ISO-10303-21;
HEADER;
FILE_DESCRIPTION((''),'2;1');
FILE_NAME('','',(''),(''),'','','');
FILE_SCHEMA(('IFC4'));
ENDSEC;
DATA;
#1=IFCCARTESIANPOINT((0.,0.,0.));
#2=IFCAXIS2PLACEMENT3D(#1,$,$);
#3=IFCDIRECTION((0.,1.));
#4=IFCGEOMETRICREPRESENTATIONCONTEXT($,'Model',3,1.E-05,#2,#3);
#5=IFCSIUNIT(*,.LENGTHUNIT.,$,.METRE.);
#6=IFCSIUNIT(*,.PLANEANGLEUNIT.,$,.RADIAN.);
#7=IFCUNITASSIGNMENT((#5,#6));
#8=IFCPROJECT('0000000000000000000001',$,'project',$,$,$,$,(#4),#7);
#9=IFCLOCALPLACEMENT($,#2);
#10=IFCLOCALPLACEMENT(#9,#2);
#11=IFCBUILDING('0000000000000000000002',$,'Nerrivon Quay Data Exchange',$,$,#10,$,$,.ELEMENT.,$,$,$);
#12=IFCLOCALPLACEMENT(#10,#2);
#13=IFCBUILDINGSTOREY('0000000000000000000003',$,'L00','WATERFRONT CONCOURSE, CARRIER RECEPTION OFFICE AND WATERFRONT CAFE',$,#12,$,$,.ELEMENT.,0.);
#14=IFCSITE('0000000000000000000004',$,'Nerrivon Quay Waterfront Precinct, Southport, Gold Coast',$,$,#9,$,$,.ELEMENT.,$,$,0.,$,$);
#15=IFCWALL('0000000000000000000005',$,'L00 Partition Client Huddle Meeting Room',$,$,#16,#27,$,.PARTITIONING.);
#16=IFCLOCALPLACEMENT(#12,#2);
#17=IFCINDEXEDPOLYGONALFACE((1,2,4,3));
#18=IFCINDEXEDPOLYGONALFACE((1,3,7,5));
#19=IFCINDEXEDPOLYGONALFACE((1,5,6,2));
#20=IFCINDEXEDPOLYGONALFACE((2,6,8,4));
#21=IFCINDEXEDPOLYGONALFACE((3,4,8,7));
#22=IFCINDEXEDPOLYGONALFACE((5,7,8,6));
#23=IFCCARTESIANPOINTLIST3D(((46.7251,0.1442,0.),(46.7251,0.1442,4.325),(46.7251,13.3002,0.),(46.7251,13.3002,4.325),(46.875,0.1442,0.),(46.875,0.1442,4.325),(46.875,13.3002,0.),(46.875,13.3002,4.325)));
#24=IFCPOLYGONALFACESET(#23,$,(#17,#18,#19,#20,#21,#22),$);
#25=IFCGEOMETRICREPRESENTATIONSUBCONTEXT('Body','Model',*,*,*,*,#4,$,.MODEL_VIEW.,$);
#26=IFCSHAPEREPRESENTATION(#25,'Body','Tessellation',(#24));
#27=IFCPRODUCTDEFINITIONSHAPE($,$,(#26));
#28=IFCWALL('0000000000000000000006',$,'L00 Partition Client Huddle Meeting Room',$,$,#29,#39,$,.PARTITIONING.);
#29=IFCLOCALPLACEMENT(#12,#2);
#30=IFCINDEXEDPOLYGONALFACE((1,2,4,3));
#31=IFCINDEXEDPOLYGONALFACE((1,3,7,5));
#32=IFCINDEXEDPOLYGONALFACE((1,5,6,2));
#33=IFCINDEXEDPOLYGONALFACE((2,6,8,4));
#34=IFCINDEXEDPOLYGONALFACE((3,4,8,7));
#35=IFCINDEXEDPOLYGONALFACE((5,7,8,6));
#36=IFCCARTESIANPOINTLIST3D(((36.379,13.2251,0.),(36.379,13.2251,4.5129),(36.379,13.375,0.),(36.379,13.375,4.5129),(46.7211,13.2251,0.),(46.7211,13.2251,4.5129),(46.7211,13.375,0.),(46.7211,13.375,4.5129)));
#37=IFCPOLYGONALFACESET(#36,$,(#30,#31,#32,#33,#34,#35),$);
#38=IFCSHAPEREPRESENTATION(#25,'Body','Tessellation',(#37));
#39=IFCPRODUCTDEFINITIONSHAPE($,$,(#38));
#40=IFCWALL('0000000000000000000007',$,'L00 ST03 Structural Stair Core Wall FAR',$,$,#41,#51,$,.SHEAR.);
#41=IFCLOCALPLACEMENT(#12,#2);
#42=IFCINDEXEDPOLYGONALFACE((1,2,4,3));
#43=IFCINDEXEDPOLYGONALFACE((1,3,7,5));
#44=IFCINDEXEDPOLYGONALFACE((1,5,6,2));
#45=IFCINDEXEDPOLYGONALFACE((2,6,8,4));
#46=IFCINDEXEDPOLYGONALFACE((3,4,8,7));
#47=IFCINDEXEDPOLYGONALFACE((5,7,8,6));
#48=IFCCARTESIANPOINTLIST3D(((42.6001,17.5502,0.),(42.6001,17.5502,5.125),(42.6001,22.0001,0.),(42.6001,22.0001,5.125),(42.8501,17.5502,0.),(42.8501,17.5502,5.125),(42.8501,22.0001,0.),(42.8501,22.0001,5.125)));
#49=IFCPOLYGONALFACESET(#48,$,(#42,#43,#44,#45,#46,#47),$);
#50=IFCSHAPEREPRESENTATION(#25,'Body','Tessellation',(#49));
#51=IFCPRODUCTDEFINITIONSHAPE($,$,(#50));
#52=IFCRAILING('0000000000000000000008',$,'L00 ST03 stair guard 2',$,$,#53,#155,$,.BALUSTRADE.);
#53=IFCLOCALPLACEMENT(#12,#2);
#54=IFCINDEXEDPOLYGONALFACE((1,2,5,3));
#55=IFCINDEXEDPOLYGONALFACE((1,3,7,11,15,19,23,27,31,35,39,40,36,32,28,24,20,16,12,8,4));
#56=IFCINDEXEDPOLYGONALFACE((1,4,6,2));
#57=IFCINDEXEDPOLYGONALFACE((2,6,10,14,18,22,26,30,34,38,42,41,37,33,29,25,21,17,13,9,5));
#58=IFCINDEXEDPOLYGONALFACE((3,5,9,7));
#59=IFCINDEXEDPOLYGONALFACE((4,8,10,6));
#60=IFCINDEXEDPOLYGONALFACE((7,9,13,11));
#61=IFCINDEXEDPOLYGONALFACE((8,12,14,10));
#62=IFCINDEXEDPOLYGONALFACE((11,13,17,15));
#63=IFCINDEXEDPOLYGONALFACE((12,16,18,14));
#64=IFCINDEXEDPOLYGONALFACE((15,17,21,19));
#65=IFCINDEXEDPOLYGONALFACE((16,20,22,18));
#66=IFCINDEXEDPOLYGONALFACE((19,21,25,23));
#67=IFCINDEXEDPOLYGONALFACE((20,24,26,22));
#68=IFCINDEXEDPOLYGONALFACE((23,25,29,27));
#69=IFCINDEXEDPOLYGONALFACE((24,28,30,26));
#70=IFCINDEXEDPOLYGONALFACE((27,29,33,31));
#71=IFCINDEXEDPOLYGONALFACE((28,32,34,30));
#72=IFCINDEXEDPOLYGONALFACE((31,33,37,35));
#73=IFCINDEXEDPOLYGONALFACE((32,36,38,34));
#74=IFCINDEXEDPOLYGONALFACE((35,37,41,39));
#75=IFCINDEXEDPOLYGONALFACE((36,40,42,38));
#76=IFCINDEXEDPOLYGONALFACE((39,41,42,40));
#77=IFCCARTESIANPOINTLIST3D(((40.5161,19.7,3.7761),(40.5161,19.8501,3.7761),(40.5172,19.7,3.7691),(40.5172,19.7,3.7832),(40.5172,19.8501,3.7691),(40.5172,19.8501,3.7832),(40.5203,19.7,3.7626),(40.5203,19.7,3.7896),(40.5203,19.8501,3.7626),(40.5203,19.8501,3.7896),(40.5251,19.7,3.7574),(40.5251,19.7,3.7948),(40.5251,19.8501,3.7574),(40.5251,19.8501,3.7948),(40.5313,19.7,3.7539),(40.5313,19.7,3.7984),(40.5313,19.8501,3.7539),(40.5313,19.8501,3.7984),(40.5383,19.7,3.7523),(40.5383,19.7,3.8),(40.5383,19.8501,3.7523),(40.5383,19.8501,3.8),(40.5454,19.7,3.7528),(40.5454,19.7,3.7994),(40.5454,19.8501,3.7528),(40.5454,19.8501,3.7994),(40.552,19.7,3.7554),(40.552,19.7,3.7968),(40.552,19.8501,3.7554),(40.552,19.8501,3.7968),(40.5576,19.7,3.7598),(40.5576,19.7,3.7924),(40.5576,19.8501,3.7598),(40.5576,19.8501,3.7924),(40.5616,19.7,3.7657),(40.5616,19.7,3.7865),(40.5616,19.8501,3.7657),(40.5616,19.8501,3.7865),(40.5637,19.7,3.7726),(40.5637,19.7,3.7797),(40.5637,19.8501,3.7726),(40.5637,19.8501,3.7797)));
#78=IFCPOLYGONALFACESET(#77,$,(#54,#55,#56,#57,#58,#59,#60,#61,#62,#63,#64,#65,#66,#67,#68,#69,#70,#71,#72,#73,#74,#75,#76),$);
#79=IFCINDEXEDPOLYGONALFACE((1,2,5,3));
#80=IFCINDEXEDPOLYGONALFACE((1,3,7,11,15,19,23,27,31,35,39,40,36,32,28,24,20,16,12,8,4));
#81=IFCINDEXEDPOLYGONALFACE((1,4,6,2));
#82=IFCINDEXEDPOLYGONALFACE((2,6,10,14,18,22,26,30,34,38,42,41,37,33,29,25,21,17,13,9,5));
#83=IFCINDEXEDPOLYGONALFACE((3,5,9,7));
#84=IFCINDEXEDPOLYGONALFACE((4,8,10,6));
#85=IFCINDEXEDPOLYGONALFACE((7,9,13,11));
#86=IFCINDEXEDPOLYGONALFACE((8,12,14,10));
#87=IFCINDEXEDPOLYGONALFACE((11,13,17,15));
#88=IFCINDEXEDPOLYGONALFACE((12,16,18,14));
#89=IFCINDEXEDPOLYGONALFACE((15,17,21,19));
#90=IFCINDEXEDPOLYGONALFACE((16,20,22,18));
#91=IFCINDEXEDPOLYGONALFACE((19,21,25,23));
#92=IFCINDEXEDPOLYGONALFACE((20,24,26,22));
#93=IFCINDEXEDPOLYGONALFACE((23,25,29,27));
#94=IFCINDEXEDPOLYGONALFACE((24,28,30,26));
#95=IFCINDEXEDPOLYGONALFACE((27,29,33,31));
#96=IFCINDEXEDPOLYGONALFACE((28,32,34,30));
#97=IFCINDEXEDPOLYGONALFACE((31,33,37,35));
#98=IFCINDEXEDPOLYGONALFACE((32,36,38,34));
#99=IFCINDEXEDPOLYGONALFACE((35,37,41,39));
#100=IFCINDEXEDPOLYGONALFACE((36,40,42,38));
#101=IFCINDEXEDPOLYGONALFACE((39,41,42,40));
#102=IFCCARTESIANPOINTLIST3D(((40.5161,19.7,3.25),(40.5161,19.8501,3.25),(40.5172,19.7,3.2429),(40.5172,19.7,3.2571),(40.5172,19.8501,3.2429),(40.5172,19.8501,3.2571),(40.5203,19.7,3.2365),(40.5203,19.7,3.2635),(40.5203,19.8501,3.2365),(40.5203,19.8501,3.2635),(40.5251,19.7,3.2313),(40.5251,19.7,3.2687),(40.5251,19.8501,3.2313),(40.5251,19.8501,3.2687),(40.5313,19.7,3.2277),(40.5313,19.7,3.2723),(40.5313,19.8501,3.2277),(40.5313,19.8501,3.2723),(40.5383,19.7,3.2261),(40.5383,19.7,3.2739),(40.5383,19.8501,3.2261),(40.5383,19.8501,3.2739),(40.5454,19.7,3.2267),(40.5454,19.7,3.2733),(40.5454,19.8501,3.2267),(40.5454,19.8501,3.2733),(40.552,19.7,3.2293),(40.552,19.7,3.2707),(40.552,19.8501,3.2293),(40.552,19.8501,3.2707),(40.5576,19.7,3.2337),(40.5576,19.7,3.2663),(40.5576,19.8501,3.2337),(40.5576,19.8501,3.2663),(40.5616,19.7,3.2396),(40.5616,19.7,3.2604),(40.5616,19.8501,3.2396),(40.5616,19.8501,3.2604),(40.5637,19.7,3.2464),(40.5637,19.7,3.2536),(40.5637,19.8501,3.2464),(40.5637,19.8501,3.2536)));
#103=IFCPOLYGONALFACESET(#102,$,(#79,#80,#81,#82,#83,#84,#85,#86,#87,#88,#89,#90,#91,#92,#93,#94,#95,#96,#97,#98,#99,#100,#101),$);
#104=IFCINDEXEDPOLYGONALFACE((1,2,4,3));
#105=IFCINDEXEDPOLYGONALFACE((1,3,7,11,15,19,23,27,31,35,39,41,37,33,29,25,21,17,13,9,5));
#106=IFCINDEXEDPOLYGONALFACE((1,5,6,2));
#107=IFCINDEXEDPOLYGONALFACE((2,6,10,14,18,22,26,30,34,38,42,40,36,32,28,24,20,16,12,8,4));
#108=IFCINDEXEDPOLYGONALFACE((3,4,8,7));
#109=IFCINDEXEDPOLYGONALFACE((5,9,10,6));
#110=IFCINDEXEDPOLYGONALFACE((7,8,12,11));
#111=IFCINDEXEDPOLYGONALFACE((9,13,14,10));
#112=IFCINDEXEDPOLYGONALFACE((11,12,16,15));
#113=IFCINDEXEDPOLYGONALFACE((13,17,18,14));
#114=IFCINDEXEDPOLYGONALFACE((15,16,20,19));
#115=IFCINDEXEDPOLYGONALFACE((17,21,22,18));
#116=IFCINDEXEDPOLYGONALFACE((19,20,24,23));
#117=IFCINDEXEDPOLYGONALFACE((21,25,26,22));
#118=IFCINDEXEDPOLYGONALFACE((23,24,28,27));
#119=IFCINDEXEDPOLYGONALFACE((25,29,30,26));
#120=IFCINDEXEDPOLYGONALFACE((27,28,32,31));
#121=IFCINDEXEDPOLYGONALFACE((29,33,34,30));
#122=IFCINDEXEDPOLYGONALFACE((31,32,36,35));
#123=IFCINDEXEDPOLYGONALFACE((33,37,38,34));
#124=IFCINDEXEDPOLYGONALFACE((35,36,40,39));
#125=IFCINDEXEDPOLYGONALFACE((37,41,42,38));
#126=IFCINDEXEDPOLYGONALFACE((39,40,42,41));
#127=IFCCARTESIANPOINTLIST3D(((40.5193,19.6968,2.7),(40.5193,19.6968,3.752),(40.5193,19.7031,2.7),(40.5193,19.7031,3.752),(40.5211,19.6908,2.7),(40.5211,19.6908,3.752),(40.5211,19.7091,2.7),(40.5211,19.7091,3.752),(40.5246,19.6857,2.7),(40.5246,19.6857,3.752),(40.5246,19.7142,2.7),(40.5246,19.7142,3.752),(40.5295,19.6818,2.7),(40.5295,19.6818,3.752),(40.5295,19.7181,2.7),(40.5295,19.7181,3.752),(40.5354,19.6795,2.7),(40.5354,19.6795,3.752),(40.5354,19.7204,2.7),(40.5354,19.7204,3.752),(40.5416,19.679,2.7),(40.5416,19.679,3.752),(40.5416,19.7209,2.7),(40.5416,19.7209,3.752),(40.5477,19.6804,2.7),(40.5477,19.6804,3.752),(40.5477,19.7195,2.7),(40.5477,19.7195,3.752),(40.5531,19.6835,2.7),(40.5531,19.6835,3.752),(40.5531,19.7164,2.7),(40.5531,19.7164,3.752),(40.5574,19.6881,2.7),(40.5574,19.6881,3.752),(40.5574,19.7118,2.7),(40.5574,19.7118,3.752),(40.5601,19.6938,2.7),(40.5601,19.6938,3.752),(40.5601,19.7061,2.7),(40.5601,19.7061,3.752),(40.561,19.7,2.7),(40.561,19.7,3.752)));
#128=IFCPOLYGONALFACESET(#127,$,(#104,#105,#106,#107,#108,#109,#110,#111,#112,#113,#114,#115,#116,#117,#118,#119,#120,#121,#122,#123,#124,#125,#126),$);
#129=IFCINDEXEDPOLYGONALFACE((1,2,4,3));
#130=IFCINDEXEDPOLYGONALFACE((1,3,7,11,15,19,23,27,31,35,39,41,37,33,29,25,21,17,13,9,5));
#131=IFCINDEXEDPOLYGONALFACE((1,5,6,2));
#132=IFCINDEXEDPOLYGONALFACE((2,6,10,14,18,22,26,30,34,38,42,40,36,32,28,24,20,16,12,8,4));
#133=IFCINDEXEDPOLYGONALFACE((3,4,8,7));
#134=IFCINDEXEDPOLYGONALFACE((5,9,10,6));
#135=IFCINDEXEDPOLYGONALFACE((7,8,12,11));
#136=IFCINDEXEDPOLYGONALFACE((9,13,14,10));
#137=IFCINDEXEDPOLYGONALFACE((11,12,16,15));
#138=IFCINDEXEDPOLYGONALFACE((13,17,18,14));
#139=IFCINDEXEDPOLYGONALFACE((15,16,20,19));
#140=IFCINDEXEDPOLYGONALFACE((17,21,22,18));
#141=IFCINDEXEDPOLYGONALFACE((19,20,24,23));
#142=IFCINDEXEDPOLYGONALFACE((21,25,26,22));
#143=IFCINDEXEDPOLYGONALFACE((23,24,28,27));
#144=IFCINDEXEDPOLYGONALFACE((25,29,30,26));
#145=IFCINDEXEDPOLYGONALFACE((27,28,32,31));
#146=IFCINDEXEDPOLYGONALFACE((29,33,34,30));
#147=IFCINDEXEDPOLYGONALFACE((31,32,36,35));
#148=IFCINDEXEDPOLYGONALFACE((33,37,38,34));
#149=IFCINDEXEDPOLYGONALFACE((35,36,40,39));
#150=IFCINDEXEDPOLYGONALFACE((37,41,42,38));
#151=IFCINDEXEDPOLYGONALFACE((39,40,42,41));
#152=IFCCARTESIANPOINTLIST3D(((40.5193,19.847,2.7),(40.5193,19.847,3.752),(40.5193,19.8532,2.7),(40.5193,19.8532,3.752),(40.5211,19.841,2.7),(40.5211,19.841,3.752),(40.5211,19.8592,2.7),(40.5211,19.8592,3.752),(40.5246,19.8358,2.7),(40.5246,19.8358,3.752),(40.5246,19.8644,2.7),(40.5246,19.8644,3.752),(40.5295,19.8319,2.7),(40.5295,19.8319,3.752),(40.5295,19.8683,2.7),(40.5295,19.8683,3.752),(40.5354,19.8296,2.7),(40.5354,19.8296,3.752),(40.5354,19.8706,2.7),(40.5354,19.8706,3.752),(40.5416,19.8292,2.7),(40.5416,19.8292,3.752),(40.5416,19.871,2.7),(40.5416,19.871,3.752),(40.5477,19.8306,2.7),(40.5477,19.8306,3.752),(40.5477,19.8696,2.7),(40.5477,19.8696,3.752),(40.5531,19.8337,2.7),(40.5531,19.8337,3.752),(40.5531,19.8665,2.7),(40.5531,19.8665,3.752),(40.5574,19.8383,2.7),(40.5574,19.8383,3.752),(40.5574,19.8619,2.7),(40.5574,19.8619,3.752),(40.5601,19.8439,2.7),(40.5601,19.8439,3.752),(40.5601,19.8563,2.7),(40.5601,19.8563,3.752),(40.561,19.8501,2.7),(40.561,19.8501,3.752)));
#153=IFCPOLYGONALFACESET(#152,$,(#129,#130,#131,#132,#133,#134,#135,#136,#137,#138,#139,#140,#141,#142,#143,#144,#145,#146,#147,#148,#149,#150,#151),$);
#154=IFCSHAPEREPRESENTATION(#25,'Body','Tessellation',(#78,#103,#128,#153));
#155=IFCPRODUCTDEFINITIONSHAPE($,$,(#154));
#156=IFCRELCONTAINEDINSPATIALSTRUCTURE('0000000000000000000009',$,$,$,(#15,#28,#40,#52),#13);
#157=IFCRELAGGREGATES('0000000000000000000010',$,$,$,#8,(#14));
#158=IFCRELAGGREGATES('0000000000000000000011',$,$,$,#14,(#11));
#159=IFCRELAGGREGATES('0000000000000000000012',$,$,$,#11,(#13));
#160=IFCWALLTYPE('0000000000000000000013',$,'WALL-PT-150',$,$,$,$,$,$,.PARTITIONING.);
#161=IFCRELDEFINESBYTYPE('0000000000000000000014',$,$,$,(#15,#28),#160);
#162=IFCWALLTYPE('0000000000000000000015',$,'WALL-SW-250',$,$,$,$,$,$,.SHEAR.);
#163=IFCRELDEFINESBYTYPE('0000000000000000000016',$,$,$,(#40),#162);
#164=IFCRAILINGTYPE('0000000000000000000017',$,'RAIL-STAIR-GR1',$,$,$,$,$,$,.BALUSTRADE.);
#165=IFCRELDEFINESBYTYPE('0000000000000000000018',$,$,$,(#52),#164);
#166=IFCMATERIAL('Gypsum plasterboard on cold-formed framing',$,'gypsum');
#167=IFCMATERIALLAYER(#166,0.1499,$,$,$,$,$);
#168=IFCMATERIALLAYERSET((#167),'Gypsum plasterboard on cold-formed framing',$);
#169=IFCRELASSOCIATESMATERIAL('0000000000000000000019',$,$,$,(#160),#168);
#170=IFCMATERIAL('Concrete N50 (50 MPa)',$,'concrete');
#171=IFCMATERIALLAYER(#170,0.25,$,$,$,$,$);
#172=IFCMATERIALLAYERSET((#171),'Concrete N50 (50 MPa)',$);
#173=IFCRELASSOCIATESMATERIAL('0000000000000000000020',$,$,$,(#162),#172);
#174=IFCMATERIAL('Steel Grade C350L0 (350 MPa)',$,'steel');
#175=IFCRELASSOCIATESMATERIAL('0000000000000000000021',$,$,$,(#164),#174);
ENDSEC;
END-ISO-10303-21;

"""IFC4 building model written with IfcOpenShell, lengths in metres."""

from ifc_helpers import new_model, si_unit, direction, frame, frame_2d, origin, origin_2d, place, context, subcontext, project, spatial, rectangle, circle, extrude, material, layer, layer_set, type_object, element, save


model = new_model("IFC4")

# Units and contexts
model_context = context("Model", 3, precision=1e-05, world=origin(), true_north=direction((0.0, 1.0)))
body_context = subcontext(model_context, "Body", "Model", "MODEL_VIEW")
ifc_project = project(units=[si_unit("LENGTHUNIT", "METRE"), si_unit("PLANEANGLEUNIT", "RADIAN")], contexts=[model_context])

# Site, building, storey
site_placement = place(None, origin())
site = spatial("IfcSite", under=ifc_project, at=site_placement, Name="Nerrivon Quay Waterfront Precinct, Southport, Gold Coast", CompositionType="ELEMENT", RefElevation=0.0)
building_placement = place(site_placement, origin())
building = spatial("IfcBuilding", under=site, at=building_placement, Name="Nerrivon Quay Data Exchange", CompositionType="ELEMENT")
storey_placement = place(building_placement, origin())
storey = spatial("IfcBuildingStorey", under=building, at=storey_placement, Name="L00", Description="WATERFRONT CONCOURSE, CARRIER RECEPTION OFFICE AND WATERFRONT CAFE", CompositionType="ELEMENT", Elevation=0.0)

# Shared definitions
ifc_material_1 = material(Name="Gypsum plasterboard on cold-formed framing", Category="gypsum")

# Walls
ifc_layer_1 = layer(ifc_material_1, 0.1499)
ifc_layer_set_1 = layer_set([ifc_layer_1], Name="Gypsum plasterboard on cold-formed framing")
wall_type_1 = type_object("IfcWallType", Name="WALL-PT-150", PredefinedType="PARTITIONING", material=ifc_layer_set_1)
wall_1_placement = place(storey_placement, frame((46.8, 0.144, 0.0), z_axis=(0.0, 0.0, 1.0), x_axis=(0.0, 1.0, 0.0)))
element("IfcWall", 1, at=wall_1_placement, inside=storey, type_object=wall_type_1, Name="L00 Partition Client Huddle Meeting Room", PredefinedType="PARTITIONING", context=body_context, shape_type="SweptSolid", body=[
    extrude(rectangle(XDim=13.156, YDim=0.1499, at=frame_2d((6.5781, 0.0))), origin(), (0.0, 0.0, 1.0), 4.325),
])
wall_2_placement = place(storey_placement, frame((46.7209, 13.3, 0.0), z_axis=(0.0, 0.0, 1.0), x_axis=(-1.0, 0.0, 0.0)))
element("IfcWall", 2, at=wall_2_placement, inside=storey, type_object=wall_type_1, Name="L00 Partition Client Huddle Meeting Room", PredefinedType="PARTITIONING", context=body_context, shape_type="SweptSolid", body=[
    extrude(rectangle(XDim=10.342, YDim=0.1499, at=frame_2d((5.1709, 0.0))), origin(), (0.0, 0.0, 1.0), 4.5129),
])
ifc_material_2 = material(Name="Concrete N50 (50 MPa)", Category="concrete")
ifc_layer_2 = layer(ifc_material_2, 0.25)
ifc_layer_set_2 = layer_set([ifc_layer_2], Name="Concrete N50 (50 MPa)")
wall_type_2 = type_object("IfcWallType", Name="WALL-SW-250", PredefinedType="SHEAR", material=ifc_layer_set_2)
wall_3_placement = place(storey_placement, frame((42.7251, 17.55, 0.0), z_axis=(0.0, 0.0, 1.0), x_axis=(0.0, 1.0, 0.0)))
element("IfcWall", 3, at=wall_3_placement, inside=storey, type_object=wall_type_2, Name="L00 ST03 Structural Stair Core Wall FAR", PredefinedType="SHEAR", context=body_context, shape_type="SweptSolid", body=[
    extrude(rectangle(XDim=4.45, YDim=0.25, at=frame_2d((2.2251, 0.0))), origin(), (0.0, 0.0, 1.0), 5.125),
])

# Railing
ifc_material_3 = material(Name="Steel Grade C350L0 (350 MPa)", Category="steel")
railing_type = type_object("IfcRailingType", Name="RAIL-STAIR-GR1", PredefinedType="BALUSTRADE", material=ifc_material_3)
railing_placement = place(storey_placement, frame((40.54, 19.7, 2.7)))
element("IfcRailing", 4, at=railing_placement, inside=storey, type_object=railing_type, Name="L00 ST03 stair guard 2", PredefinedType="BALUSTRADE", context=body_context, shape_type="SweptSolid", body=[
    extrude(circle(Radius=0.0239, at=origin_2d()), frame((0.0, 0.0, 1.0762), z_axis=(0.0, 1.0, 0.0), x_axis=(-1.0, 0.0, 0.0)), (0.0, 0.0, 1.0), 0.1501),
    extrude(circle(Radius=0.0239, at=origin_2d()), frame((0.0, 0.0, 0.55), z_axis=(0.0, 1.0, 0.0), x_axis=(-1.0, 0.0, 0.0)), (0.0, 0.0, 1.0), 0.1501),
    extrude(circle(Radius=0.021, at=origin_2d()), origin(), (0.0, 0.0, 1.0), 1.052),
    extrude(circle(Radius=0.021, at=origin_2d()), frame((0.0, 0.1501, 0.0)), (0.0, 0.0, 1.0), 1.052),
])

save(model, "model.ifc")
